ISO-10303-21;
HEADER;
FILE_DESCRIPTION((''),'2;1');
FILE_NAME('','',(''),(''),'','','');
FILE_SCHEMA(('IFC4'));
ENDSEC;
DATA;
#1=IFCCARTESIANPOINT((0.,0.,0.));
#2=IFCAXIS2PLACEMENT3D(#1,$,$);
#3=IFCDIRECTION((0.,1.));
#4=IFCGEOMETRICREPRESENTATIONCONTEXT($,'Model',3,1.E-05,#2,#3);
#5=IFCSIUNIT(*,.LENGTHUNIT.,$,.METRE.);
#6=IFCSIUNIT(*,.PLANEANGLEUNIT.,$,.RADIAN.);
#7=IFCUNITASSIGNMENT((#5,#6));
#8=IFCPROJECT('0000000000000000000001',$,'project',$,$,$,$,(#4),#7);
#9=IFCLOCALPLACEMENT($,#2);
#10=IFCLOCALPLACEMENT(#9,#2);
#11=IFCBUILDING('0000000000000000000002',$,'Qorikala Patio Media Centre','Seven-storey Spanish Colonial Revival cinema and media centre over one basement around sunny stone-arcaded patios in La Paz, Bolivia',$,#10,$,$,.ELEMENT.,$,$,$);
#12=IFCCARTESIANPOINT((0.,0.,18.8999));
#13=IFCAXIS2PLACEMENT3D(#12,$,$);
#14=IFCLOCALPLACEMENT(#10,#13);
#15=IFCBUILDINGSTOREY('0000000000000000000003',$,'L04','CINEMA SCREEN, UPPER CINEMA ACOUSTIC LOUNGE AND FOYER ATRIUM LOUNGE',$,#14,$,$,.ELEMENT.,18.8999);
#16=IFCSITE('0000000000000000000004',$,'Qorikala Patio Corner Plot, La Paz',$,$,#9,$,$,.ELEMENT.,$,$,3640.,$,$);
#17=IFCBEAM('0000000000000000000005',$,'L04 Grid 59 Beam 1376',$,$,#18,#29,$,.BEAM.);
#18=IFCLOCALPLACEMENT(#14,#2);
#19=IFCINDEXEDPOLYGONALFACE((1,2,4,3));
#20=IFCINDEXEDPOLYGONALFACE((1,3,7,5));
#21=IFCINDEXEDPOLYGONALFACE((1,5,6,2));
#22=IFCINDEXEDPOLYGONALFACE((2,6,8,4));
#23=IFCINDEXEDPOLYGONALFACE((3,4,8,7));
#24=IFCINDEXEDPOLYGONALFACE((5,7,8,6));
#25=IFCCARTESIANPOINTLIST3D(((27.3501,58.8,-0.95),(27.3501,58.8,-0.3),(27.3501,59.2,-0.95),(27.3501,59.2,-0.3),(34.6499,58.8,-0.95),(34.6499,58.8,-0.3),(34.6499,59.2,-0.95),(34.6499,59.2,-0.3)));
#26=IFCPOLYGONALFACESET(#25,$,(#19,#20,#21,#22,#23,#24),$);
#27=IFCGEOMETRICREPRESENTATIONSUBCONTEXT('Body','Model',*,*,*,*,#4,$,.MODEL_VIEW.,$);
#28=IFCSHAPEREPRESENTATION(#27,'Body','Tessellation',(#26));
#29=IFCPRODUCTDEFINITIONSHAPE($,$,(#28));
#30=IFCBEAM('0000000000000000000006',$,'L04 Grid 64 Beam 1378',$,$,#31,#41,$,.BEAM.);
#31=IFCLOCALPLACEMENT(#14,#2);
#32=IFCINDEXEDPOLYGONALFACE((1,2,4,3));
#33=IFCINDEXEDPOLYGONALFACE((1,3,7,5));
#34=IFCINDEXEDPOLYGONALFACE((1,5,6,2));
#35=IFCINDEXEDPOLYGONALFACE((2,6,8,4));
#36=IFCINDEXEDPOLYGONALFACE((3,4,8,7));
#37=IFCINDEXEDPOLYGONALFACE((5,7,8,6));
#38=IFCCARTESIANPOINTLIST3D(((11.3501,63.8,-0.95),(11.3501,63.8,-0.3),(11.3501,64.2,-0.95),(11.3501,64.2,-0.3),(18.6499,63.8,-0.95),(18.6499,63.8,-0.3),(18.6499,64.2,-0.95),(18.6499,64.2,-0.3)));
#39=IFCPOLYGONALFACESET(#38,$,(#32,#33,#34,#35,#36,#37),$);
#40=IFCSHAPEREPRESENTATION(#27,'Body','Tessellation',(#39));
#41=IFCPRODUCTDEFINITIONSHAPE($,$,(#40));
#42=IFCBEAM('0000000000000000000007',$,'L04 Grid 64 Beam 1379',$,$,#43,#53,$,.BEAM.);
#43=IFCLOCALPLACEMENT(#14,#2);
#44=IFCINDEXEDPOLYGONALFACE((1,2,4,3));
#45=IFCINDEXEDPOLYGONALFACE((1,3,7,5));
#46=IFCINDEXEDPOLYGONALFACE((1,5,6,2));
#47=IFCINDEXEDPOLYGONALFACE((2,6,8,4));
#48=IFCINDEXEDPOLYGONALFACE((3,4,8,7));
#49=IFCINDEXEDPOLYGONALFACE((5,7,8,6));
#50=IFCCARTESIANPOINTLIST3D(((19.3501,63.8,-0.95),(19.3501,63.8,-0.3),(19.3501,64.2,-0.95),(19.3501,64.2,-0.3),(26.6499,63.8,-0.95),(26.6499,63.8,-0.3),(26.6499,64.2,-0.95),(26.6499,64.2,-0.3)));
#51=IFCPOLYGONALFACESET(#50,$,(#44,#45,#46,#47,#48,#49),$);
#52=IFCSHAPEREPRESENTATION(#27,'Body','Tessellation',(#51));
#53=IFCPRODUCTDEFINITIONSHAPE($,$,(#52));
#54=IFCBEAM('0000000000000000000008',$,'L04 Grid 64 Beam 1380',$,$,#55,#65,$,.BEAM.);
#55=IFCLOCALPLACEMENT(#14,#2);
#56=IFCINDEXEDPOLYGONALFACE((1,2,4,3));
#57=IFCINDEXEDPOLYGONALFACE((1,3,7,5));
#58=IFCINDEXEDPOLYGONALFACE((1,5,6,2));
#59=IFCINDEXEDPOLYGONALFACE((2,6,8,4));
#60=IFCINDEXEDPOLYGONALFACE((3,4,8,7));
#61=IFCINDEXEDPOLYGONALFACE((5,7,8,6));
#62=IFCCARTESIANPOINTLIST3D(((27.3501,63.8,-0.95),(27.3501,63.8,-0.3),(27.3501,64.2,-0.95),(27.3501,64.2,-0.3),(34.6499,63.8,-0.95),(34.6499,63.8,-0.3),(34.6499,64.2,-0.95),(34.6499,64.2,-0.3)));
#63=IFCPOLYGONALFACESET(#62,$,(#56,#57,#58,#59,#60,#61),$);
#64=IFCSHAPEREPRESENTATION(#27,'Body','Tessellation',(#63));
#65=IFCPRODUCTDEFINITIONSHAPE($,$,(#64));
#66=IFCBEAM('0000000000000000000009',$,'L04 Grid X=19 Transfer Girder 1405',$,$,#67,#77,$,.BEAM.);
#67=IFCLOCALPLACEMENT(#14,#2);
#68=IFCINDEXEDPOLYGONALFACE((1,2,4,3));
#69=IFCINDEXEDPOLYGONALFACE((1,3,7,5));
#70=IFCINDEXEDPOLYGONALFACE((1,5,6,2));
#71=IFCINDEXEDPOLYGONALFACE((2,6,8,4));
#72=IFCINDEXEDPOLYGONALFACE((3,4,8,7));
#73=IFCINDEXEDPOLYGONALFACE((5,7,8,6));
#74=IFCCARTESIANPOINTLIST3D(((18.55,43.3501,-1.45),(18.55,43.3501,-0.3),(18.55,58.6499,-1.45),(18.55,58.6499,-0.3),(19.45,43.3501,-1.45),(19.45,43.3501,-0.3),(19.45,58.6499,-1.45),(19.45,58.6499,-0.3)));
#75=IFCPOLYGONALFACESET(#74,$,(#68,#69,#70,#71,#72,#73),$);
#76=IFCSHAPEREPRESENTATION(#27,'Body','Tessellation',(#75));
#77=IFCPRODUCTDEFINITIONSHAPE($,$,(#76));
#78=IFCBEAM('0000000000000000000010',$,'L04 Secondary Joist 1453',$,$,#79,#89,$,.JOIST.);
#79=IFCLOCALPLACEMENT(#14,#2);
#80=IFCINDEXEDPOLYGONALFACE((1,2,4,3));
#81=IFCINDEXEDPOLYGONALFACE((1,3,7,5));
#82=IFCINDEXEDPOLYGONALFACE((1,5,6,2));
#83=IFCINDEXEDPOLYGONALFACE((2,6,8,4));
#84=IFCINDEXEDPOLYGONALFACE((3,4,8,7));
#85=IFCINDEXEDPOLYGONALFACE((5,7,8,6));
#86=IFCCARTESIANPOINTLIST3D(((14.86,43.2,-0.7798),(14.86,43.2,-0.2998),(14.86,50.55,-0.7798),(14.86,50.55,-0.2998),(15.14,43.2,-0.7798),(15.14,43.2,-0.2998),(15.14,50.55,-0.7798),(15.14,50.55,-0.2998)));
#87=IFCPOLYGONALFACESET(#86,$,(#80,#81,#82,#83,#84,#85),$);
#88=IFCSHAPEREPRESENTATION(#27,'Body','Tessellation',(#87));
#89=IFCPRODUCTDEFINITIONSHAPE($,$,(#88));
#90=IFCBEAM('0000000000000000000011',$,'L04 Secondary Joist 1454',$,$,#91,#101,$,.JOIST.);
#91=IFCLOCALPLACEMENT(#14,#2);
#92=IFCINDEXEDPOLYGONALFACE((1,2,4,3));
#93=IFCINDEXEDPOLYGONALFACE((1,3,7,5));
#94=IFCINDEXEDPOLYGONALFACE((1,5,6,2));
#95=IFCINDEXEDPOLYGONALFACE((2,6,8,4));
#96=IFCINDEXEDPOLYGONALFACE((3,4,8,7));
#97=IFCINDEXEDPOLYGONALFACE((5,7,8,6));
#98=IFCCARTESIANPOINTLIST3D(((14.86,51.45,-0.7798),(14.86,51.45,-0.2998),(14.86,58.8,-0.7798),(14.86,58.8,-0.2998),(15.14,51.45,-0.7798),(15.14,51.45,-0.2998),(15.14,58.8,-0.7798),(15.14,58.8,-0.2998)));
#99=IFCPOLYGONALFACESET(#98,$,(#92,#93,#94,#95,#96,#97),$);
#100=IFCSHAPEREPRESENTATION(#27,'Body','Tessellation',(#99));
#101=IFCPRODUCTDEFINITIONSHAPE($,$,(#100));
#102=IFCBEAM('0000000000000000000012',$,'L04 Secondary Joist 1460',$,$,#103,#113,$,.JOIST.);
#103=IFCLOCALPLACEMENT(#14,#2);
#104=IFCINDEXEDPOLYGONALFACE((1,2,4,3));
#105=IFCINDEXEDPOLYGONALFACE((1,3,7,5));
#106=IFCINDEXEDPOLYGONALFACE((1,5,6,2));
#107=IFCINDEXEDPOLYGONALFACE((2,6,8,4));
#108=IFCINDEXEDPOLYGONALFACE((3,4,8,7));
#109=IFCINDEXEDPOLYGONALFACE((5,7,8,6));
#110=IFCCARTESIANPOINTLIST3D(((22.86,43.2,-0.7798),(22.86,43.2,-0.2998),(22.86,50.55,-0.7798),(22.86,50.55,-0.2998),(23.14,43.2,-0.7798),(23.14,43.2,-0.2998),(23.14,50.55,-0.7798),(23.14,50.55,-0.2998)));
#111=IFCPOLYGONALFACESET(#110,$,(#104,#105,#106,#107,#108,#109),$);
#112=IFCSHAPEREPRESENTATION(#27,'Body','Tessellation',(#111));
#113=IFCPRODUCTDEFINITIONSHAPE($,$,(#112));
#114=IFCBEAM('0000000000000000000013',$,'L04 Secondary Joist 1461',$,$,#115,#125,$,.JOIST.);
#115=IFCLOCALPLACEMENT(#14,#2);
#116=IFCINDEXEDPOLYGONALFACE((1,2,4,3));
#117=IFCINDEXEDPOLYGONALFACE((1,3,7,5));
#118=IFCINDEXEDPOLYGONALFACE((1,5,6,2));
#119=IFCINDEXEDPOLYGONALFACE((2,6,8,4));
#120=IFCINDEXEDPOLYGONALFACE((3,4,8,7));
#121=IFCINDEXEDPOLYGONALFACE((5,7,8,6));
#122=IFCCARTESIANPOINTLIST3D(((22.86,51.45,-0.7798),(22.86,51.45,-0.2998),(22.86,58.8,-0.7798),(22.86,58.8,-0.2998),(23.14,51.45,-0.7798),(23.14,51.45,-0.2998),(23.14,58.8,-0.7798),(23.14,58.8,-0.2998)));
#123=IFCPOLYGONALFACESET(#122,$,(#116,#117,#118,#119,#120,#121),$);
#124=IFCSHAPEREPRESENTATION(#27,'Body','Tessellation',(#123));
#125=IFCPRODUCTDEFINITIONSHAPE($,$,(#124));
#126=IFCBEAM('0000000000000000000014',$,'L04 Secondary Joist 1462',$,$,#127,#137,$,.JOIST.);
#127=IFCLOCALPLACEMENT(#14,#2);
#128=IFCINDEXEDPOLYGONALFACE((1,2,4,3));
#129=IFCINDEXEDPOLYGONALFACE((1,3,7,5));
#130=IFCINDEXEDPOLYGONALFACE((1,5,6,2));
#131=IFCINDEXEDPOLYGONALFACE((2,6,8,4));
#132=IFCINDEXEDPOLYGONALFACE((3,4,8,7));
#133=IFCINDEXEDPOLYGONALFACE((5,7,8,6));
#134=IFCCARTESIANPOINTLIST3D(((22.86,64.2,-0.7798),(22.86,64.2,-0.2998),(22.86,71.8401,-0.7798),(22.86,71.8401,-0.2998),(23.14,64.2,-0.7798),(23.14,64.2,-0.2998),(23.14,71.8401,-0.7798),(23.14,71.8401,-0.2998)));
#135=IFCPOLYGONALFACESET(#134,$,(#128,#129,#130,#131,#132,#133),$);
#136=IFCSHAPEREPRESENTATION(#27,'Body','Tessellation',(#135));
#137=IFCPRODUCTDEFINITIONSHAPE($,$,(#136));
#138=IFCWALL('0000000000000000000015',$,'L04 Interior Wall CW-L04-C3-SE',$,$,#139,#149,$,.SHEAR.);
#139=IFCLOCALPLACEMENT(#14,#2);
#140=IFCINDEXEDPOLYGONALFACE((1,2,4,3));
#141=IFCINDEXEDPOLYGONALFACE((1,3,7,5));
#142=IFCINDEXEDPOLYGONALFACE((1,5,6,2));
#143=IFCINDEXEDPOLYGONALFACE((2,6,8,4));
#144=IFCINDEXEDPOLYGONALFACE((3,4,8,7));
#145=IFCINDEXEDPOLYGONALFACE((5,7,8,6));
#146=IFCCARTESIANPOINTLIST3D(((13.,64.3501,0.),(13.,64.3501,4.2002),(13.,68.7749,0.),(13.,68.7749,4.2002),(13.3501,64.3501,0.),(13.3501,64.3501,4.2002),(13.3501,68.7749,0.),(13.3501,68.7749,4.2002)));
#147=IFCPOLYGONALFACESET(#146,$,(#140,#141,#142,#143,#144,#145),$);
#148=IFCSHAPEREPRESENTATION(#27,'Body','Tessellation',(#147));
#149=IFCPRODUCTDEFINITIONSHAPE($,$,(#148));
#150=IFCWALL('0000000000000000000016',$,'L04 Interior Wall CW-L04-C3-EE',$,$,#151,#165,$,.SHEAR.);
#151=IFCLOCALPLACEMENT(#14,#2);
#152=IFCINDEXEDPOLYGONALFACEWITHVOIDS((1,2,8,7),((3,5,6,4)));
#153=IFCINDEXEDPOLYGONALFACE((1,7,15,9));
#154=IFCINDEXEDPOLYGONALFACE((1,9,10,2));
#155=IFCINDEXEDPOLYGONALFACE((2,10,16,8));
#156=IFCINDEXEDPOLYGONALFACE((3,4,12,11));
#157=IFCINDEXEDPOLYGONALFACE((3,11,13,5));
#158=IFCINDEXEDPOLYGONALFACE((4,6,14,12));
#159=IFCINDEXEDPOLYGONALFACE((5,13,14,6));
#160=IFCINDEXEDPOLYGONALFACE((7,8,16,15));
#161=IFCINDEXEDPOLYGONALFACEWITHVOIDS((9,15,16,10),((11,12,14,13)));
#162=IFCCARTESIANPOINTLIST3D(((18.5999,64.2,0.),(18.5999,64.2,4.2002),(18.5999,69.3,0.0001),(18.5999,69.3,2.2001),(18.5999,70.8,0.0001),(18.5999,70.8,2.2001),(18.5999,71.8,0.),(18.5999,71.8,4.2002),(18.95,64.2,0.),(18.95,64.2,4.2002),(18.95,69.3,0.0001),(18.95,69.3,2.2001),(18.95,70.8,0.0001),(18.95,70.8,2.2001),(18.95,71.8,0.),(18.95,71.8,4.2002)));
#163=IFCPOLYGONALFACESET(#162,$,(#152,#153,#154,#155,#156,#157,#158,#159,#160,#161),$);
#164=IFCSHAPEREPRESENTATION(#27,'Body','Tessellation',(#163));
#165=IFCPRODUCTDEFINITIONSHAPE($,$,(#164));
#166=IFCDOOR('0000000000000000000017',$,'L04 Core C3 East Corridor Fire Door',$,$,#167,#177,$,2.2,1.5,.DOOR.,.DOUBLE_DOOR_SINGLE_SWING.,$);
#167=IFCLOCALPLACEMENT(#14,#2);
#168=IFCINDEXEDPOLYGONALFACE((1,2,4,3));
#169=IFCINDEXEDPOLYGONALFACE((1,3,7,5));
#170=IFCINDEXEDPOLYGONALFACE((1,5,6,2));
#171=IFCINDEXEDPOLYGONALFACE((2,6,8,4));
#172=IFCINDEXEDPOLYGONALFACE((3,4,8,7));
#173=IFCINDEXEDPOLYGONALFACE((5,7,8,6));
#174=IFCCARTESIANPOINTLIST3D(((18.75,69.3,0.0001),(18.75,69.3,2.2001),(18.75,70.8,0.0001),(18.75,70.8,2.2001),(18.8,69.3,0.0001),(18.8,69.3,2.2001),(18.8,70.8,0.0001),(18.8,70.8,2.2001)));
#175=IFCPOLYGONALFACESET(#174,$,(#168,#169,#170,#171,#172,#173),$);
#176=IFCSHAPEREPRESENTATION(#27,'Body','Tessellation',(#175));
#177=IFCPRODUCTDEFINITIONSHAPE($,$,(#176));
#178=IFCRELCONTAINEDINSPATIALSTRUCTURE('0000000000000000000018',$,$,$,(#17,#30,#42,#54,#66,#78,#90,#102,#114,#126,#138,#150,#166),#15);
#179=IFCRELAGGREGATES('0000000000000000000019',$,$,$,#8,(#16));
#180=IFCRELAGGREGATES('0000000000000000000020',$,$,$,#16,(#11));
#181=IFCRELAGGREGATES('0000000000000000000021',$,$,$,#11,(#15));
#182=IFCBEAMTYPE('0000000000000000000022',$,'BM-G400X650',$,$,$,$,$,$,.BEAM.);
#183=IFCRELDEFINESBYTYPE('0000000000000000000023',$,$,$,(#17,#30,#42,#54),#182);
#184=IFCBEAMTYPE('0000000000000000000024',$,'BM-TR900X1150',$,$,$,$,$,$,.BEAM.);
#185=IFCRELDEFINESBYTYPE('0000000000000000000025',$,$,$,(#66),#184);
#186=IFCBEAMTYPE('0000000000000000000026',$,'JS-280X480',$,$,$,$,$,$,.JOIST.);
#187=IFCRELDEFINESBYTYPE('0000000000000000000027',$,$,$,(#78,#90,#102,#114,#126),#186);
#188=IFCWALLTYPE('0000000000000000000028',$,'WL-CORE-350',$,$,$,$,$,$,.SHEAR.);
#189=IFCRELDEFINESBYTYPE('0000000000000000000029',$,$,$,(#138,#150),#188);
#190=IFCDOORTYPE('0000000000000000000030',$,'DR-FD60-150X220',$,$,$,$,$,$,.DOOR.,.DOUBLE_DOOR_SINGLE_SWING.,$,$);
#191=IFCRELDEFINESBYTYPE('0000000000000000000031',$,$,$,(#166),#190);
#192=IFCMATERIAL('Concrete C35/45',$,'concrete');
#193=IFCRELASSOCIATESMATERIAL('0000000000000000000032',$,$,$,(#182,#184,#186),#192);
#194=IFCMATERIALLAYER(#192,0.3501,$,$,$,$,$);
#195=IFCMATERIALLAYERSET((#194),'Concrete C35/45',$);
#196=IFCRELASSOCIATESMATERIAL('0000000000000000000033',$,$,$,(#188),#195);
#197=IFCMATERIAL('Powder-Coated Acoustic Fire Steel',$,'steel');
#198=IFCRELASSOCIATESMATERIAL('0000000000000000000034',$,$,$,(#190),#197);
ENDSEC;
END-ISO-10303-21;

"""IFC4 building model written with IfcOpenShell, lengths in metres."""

from ifc_helpers import new_model, si_unit, direction, frame, frame_2d, origin, origin_2d, place, context, subcontext, project, spatial, rectangle, extrude, material, layer, layer_set, material_profile, profile_set, type_object, element, fill, save


model = new_model("IFC4")

# Units and contexts
model_context = context("Model", 3, precision=1e-05, world=origin(), true_north=direction((0.0, 1.0)))
body_context = subcontext(model_context, "Body", "Model", "MODEL_VIEW")
ifc_project = project(units=[si_unit("LENGTHUNIT", "METRE"), si_unit("PLANEANGLEUNIT", "RADIAN")], contexts=[model_context])

# Site, building, storey
site_placement = place(None, origin())
site = spatial("IfcSite", under=ifc_project, at=site_placement, Name="Qorikala Patio Corner Plot, La Paz", CompositionType="ELEMENT", RefElevation=3640.0)
building_placement = place(site_placement, origin())
building = spatial("IfcBuilding", under=site, at=building_placement, Name="Qorikala Patio Media Centre", Description="Seven-storey Spanish Colonial Revival cinema and media centre over one basement around sunny stone-arcaded patios in La Paz, Bolivia", CompositionType="ELEMENT")
storey_placement = place(building_placement, frame((0.0, 0.0, 18.8999)))
storey = spatial("IfcBuildingStorey", under=building, at=storey_placement, Name="L04", Description="CINEMA SCREEN, UPPER CINEMA ACOUSTIC LOUNGE AND FOYER ATRIUM LOUNGE", CompositionType="ELEMENT", Elevation=18.8999)

# Shared definitions
ifc_material_1 = material(Name="Concrete C35/45", Category="concrete")

# Beams
ifc_material_profile_1 = material_profile(ifc_material_1, rectangle(XDim=0.3999, YDim=0.6499, at=origin_2d()), Name="RC 400x650")
ifc_profile_set_1 = profile_set([ifc_material_profile_1], Name="Concrete C35/45")
beam_type_1 = type_object("IfcBeamType", Name="BM-G400X650", PredefinedType="BEAM", material=ifc_profile_set_1)
for number, where, z_axis, x_axis, name in (
    (1, (27.3501, 59.0, -0.625), (1.0, 0.0, 0.0), (0.0, 1.0, 0.0), "L04 Grid 59 Beam 1376"),
    (2, (11.3501, 64.0, -0.625), (1.0, 0.0, 0.0), (0.0, 1.0, 0.0), "L04 Grid 64 Beam 1378"),
    (3, (19.3501, 64.0, -0.625), (1.0, 0.0, 0.0), (0.0, 1.0, 0.0), "L04 Grid 64 Beam 1379"),
    (4, (27.3501, 64.0, -0.625), (1.0, 0.0, 0.0), (0.0, 1.0, 0.0), "L04 Grid 64 Beam 1380"),
):
    element("IfcBeam", number, at=place(storey_placement, frame(where, z_axis=z_axis, x_axis=x_axis)), inside=storey, type_object=beam_type_1, Name=name, PredefinedType="BEAM", context=body_context, shape_type="SweptSolid", body=[
        extrude(rectangle(XDim=0.3999, YDim=0.6499, at=origin_2d()), origin(), (0.0, 0.0, 1.0), 7.2998),
    ])
ifc_material_profile_2 = material_profile(ifc_material_1, rectangle(XDim=0.8999, YDim=1.1499, at=origin_2d()), Name="RC 900x1150")
ifc_profile_set_2 = profile_set([ifc_material_profile_2], Name="Concrete C35/45")
beam_type_2 = type_object("IfcBeamType", Name="BM-TR900X1150", PredefinedType="BEAM", material=ifc_profile_set_2)
beam_1_placement = place(storey_placement, frame((19.0, 43.3501, -0.875), z_axis=(0.0, 1.0, 0.0), x_axis=(-1.0, 0.0, 0.0)))
element("IfcBeam", 5, at=beam_1_placement, inside=storey, type_object=beam_type_2, Name="L04 Grid X=19 Transfer Girder 1405", PredefinedType="BEAM", context=body_context, shape_type="SweptSolid", body=[
    extrude(rectangle(XDim=0.8999, YDim=1.1499, at=origin_2d()), origin(), (0.0, 0.0, 1.0), 15.2998),
])
ifc_material_profile_3 = material_profile(ifc_material_1, rectangle(XDim=0.28, YDim=0.48, at=origin_2d()), Name="RC 280x480")
ifc_profile_set_3 = profile_set([ifc_material_profile_3], Name="Concrete C35/45")
beam_type_3 = type_object("IfcBeamType", Name="JS-280X480", PredefinedType="JOIST", material=ifc_profile_set_3)
for number, where, z_axis, x_axis, name in (
    (6, (15.0, 43.2, -0.5398), (0.0, 1.0, 0.0), (-1.0, 0.0, 0.0), "L04 Secondary Joist 1453"),
    (7, (15.0, 51.45, -0.5398), (0.0, 1.0, 0.0), (-1.0, 0.0, 0.0), "L04 Secondary Joist 1454"),
    (8, (23.0, 43.2, -0.5398), (0.0, 1.0, 0.0), (-1.0, 0.0, 0.0), "L04 Secondary Joist 1460"),
    (9, (23.0, 51.45, -0.5398), (0.0, 1.0, 0.0), (-1.0, 0.0, 0.0), "L04 Secondary Joist 1461"),
):
    element("IfcBeam", number, at=place(storey_placement, frame(where, z_axis=z_axis, x_axis=x_axis)), inside=storey, type_object=beam_type_3, Name=name, PredefinedType="JOIST", context=body_context, shape_type="SweptSolid", body=[
        extrude(rectangle(XDim=0.28, YDim=0.48, at=origin_2d()), origin(), (0.0, 0.0, 1.0), 7.3501),
    ])
beam_2_placement = place(storey_placement, frame((23.0, 64.2, -0.5398), z_axis=(0.0, 1.0, 0.0), x_axis=(-1.0, 0.0, 0.0)))
element("IfcBeam", 10, at=beam_2_placement, inside=storey, type_object=beam_type_3, Name="L04 Secondary Joist 1462", PredefinedType="JOIST", context=body_context, shape_type="SweptSolid", body=[
    extrude(rectangle(XDim=0.28, YDim=0.48, at=origin_2d()), origin(), (0.0, 0.0, 1.0), 7.6401),
])

# Wall
ifc_layer = layer(ifc_material_1, 0.3501)
ifc_layer_set = layer_set([ifc_layer], Name="Concrete C35/45")
wall_type = type_object("IfcWallType", Name="WL-CORE-350", PredefinedType="SHEAR", material=ifc_layer_set)
wall_1_placement = place(storey_placement, frame((13.175, 64.3501, 0.0), z_axis=(0.0, 0.0, 1.0), x_axis=(0.0, 1.0, 0.0)))
element("IfcWall", 11, at=wall_1_placement, inside=storey, type_object=wall_type, Name="L04 Interior Wall CW-L04-C3-SE", PredefinedType="SHEAR", context=body_context, shape_type="SweptSolid", body=[
    extrude(rectangle(XDim=4.4248, YDim=0.3501, at=frame_2d((2.2124, 0.0))), origin(), (0.0, 0.0, 1.0), 4.2002),
])

# Wall, opening, door
wall_2_placement = place(storey_placement, frame((18.7749, 64.2, 0.0), z_axis=(0.0, 0.0, 1.0), x_axis=(0.0, 1.0, 0.0)))
wall_2 = element("IfcWall", 12, at=wall_2_placement, inside=storey, type_object=wall_type, Name="L04 Interior Wall CW-L04-C3-EE", PredefinedType="SHEAR", context=body_context, shape_type="SweptSolid", body=[
    extrude(rectangle(XDim=7.6001, YDim=0.3501, at=frame_2d((3.8, 0.0))), origin(), (0.0, 0.0, 1.0), 4.2002),
])
opening_placement = place(wall_2_placement, frame((5.1001, 0.0, 0.0)))
opening = element("IfcOpeningElement", 13, at=opening_placement, cuts=wall_2, PredefinedType="OPENING", context=body_context, shape_type="SweptSolid", body=[
    extrude(rectangle(XDim=1.5, YDim=2.2, at=frame_2d((0.75, 1.1001))), frame((0.0, 0.1851, 0.0), z_axis=(0.0, -1.0, 0.0), x_axis=(1.0, 0.0, 0.0)), (0.0, 0.0, 1.0), 0.3701),
])
ifc_material_2 = material(Name="Powder-Coated Acoustic Fire Steel", Category="steel")
door_type = type_object("IfcDoorType", Name="DR-FD60-150X220", OperationType="DOUBLE_DOOR_SINGLE_SWING", PredefinedType="DOOR", material=ifc_material_2)
door_placement = place(opening_placement, origin())
door = element("IfcDoor", 14, at=door_placement, inside=storey, type_object=door_type, Name="L04 Core C3 East Corridor Fire Door", OperationType="DOUBLE_DOOR_SINGLE_SWING", OverallHeight=2.2, OverallWidth=1.5, PredefinedType="DOOR", context=body_context, shape_type="SweptSolid", body=[
    extrude(rectangle(XDim=1.5, YDim=2.2, at=frame_2d((0.75, 1.1001))), frame((0.0, 0.0249, 0.0), z_axis=(0.0, -1.0, 0.0), x_axis=(1.0, 0.0, 0.0)), (0.0, 0.0, 1.0), 0.05),
])
fill(opening, door)

save(model, "model.ifc")
